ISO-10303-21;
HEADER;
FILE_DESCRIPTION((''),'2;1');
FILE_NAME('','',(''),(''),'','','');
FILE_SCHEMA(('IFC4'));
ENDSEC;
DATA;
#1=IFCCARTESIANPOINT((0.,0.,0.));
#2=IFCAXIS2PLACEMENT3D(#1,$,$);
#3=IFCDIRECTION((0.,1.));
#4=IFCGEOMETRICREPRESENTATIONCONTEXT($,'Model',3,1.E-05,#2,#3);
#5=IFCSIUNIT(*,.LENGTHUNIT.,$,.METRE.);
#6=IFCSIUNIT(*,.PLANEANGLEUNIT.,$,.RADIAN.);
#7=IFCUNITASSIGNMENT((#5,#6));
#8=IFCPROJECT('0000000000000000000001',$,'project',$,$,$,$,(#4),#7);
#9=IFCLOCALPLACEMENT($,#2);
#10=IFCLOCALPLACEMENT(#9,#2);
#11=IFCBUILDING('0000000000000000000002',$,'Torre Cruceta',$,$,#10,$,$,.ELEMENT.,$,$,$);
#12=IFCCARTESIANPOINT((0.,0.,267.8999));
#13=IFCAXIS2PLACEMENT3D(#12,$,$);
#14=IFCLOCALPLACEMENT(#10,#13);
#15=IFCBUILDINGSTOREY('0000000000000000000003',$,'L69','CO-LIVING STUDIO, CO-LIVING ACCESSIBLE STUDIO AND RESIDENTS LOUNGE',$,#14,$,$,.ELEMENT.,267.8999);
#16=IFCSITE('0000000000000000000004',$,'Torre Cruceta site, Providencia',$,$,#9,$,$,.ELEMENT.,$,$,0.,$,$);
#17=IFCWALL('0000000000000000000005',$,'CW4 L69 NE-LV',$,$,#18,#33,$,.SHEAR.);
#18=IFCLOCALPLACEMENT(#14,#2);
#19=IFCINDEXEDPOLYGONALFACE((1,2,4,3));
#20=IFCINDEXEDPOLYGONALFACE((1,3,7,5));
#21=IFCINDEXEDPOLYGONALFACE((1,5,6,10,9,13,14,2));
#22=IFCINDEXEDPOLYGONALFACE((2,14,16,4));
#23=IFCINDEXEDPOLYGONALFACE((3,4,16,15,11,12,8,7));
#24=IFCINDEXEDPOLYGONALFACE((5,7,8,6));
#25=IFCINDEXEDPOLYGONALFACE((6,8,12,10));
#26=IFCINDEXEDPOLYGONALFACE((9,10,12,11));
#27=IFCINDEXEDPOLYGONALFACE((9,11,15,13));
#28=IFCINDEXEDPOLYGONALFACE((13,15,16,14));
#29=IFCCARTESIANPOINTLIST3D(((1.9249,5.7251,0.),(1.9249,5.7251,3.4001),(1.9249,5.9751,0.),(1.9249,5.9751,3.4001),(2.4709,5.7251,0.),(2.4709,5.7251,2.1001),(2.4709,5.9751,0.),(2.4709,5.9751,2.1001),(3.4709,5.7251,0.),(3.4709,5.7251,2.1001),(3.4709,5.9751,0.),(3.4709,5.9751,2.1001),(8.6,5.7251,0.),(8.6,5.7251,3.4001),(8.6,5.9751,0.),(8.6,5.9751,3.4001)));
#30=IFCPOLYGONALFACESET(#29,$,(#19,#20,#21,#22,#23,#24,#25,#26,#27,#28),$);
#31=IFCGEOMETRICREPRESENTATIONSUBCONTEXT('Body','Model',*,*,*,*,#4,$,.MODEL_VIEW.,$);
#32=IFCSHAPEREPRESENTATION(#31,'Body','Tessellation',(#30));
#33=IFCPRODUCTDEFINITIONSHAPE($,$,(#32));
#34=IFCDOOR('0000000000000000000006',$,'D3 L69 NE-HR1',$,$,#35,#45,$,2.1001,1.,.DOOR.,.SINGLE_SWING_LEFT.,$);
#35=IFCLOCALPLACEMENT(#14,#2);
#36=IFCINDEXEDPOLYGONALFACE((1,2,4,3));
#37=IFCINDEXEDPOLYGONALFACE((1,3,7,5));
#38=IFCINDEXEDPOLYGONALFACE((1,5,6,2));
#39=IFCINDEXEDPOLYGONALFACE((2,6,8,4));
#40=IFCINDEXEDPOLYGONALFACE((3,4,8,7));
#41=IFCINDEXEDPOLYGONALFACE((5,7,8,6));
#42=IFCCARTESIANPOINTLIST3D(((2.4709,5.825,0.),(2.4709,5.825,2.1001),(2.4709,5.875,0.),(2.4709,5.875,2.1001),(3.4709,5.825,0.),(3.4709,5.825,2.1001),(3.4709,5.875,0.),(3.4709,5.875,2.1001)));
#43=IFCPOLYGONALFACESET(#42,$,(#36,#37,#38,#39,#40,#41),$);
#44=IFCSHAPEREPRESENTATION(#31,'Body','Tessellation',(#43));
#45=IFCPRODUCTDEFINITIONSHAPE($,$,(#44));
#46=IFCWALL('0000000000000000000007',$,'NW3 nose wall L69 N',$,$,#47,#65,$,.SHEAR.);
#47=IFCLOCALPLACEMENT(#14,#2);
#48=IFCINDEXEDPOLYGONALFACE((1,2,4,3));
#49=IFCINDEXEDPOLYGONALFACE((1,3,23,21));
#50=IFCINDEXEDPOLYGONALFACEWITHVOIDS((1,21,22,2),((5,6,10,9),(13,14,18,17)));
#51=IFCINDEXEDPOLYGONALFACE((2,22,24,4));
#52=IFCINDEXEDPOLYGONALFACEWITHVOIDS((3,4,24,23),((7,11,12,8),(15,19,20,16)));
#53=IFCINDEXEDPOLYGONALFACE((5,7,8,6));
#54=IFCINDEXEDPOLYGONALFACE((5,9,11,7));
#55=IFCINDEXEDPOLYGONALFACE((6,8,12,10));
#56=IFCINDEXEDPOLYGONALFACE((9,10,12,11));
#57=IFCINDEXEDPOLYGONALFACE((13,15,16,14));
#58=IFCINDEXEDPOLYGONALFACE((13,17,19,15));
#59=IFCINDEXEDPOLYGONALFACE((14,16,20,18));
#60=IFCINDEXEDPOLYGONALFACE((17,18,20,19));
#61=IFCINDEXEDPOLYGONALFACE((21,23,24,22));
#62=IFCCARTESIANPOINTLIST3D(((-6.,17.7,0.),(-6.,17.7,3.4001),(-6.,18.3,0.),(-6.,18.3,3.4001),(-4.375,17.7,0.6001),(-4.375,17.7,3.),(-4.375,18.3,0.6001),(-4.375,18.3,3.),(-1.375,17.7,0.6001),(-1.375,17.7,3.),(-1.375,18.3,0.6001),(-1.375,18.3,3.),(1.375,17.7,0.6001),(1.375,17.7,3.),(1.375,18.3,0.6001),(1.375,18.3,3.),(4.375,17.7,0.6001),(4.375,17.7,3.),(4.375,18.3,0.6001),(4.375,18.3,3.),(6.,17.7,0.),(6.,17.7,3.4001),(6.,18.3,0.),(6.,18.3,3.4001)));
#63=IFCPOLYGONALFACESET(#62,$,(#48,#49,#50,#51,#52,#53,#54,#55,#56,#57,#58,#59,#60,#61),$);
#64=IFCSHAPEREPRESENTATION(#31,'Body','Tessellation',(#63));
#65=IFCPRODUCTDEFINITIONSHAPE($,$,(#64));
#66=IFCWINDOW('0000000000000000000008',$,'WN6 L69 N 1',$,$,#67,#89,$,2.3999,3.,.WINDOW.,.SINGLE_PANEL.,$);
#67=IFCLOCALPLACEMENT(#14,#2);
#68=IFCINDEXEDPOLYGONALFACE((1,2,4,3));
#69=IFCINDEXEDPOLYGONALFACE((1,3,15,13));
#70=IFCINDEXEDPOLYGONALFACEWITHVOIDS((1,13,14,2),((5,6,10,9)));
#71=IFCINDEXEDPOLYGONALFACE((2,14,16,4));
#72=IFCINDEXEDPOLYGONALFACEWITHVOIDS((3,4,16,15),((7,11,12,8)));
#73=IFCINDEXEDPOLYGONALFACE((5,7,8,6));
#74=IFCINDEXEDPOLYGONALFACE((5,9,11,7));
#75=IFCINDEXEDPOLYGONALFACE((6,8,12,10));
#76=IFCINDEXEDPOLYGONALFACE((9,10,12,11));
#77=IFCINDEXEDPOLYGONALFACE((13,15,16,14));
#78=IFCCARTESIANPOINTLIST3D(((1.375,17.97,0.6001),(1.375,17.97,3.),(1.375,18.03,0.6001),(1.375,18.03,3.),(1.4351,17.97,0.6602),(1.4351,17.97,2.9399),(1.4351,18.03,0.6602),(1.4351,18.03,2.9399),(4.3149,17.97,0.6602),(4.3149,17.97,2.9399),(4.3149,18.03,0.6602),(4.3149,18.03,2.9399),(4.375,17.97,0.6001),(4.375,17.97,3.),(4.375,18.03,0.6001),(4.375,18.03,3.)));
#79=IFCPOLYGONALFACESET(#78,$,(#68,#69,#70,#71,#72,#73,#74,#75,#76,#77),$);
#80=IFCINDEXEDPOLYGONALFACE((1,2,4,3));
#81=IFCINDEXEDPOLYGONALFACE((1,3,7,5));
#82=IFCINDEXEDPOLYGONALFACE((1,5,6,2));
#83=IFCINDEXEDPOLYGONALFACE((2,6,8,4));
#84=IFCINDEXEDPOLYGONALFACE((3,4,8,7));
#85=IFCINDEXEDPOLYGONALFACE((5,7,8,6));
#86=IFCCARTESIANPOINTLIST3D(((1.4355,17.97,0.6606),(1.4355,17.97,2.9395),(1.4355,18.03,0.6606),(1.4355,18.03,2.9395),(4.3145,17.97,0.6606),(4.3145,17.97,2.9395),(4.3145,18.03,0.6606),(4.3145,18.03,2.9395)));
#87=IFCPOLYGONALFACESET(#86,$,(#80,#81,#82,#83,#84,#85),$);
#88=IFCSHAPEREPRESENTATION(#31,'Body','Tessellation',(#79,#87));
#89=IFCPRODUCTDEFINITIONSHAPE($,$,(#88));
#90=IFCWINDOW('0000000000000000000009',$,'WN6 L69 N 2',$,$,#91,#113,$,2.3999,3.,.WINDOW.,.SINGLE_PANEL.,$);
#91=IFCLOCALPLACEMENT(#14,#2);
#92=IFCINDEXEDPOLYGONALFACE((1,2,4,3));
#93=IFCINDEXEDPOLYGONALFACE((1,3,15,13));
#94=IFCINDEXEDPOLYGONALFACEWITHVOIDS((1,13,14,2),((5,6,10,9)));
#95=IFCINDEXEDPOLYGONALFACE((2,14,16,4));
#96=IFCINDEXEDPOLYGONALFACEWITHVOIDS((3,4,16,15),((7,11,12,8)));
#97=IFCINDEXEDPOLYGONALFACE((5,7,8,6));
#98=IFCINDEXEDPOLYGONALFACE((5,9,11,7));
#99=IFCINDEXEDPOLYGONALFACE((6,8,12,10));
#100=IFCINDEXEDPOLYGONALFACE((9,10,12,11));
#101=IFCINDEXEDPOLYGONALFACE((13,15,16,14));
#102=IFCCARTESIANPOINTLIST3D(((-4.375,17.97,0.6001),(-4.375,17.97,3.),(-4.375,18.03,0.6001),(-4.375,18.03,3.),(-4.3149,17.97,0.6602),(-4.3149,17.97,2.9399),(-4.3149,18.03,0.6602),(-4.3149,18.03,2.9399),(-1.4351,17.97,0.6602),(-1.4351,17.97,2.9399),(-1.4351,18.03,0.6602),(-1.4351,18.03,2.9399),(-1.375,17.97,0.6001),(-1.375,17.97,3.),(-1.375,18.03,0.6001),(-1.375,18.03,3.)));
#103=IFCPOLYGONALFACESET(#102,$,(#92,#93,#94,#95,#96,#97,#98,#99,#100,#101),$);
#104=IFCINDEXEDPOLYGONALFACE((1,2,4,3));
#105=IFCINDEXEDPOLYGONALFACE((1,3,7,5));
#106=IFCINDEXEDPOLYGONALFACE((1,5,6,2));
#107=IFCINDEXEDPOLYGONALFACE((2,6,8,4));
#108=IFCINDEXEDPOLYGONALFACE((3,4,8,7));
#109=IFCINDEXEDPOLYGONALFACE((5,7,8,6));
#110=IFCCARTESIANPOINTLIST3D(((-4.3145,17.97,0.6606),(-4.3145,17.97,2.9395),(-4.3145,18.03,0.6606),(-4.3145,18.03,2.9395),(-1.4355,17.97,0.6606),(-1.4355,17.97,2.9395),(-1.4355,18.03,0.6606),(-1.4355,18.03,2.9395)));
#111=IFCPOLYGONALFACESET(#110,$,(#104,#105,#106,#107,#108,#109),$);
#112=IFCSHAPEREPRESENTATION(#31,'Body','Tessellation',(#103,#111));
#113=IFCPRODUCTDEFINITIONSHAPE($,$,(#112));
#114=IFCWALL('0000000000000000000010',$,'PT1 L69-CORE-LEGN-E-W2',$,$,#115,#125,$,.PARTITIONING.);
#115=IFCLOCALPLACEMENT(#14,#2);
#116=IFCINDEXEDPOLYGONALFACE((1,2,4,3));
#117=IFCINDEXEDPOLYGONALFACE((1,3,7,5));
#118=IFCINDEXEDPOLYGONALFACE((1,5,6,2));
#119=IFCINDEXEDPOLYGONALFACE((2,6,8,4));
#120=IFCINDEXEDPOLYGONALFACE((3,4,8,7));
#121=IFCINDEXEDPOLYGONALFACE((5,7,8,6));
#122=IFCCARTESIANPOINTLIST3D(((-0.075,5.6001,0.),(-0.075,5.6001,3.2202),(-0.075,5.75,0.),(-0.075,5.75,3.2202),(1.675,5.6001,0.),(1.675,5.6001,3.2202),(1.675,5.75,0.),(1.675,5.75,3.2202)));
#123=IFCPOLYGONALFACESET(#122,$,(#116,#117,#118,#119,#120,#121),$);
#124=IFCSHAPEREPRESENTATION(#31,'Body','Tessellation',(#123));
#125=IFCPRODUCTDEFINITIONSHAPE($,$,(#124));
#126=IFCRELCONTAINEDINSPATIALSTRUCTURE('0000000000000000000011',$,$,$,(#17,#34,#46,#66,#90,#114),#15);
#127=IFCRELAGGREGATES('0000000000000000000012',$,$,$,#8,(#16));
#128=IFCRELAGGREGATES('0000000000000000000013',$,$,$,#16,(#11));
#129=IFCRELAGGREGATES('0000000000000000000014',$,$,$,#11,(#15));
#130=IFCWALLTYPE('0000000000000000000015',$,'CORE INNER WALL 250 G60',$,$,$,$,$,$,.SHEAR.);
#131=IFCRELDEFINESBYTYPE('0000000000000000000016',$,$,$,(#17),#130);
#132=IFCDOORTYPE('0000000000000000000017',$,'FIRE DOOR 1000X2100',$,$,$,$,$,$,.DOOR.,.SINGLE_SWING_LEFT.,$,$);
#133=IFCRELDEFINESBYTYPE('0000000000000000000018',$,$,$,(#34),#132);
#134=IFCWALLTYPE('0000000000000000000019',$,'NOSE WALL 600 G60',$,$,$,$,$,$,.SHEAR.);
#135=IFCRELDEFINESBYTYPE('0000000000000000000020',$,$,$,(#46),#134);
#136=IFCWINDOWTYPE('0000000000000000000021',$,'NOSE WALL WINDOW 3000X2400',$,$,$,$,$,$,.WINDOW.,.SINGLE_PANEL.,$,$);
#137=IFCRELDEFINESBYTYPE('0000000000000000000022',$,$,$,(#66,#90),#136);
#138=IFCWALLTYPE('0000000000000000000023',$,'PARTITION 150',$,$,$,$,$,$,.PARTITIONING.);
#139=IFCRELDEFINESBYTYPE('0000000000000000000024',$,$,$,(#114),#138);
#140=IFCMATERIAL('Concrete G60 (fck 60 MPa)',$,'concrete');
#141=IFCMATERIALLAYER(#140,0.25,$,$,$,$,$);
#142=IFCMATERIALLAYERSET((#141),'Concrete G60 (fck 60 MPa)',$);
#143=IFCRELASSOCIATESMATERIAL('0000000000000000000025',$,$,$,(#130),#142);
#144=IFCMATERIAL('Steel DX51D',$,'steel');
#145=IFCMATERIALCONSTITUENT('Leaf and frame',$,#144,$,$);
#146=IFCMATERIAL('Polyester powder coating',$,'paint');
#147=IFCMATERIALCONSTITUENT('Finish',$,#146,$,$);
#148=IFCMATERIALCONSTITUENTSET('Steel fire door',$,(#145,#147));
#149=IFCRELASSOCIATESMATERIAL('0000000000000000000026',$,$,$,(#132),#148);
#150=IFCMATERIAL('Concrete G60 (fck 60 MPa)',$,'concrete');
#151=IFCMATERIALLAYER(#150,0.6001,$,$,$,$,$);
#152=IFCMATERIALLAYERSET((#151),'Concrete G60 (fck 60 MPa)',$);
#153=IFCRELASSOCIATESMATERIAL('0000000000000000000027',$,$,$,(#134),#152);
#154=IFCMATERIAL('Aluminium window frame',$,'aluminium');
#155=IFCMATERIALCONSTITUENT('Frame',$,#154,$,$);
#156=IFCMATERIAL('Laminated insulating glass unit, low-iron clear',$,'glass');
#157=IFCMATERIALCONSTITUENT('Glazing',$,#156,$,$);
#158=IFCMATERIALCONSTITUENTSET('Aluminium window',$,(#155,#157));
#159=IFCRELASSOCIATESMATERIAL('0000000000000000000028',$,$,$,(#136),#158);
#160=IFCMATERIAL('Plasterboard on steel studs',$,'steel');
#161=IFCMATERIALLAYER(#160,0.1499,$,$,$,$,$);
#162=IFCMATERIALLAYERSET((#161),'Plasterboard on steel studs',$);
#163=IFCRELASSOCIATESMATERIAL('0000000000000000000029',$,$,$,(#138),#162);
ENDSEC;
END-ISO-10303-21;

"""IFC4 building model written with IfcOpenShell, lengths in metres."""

from ifc_helpers import new_model, si_unit, direction, frame, frame_2d, origin, place, context, subcontext, project, spatial, rectangle, hollow_rectangle, extrude, material, layer, layer_set, constituent, constituent_set, type_object, element, fill, save


model = new_model("IFC4")

# Units and contexts
model_context = context("Model", 3, precision=1e-05, world=origin(), true_north=direction((0.0, 1.0)))
body_context = subcontext(model_context, "Body", "Model", "MODEL_VIEW")
ifc_project = project(units=[si_unit("LENGTHUNIT", "METRE"), si_unit("PLANEANGLEUNIT", "RADIAN")], contexts=[model_context])

# Site, building, storey
site_placement = place(None, origin())
site = spatial("IfcSite", under=ifc_project, at=site_placement, Name="Torre Cruceta site, Providencia", CompositionType="ELEMENT", RefElevation=0.0)
building_placement = place(site_placement, origin())
building = spatial("IfcBuilding", under=site, at=building_placement, Name="Torre Cruceta", CompositionType="ELEMENT")
storey_placement = place(building_placement, frame((0.0, 0.0, 267.8999)))
storey = spatial("IfcBuildingStorey", under=building, at=storey_placement, Name="L69", Description="CO-LIVING STUDIO, CO-LIVING ACCESSIBLE STUDIO AND RESIDENTS LOUNGE", CompositionType="ELEMENT", Elevation=267.8999)

# Shared definitions
ifc_material_1 = material(Name="Concrete G60 (fck 60 MPa)", Category="concrete")
ifc_layer_1 = layer(ifc_material_1, 0.25)
ifc_layer_set_1 = layer_set([ifc_layer_1], Name="Concrete G60 (fck 60 MPa)")
wall_type_1 = type_object("IfcWallType", Name="CORE INNER WALL 250 G60", PredefinedType="SHEAR", material=ifc_layer_set_1)

# Wall, opening, door
wall_1_placement = place(storey_placement, frame((1.925, 5.8501, 0.0), z_axis=(0.0, 0.0, 1.0), x_axis=(1.0, 0.0, 0.0)))
wall_1 = element("IfcWall", 1, at=wall_1_placement, inside=storey, type_object=wall_type_1, Name="CW4 L69 NE-LV", PredefinedType="SHEAR", context=body_context, shape_type="SweptSolid", body=[
    extrude(rectangle(XDim=6.675, YDim=0.25, at=frame_2d((3.3374, 0.0))), origin(), (0.0, 0.0, 1.0), 3.4001),
])
opening_1_placement = place(wall_1_placement, frame((0.5459, 0.0, 0.0)))
opening_1 = element("IfcOpeningElement", 2, at=opening_1_placement, cuts=wall_1, PredefinedType="OPENING", context=body_context, shape_type="SweptSolid", body=[
    extrude(rectangle(XDim=1.0, YDim=2.1001, at=frame_2d((0.5, 1.05))), frame((0.0, 0.135, 0.0), z_axis=(0.0, -1.0, 0.0), x_axis=(1.0, 0.0, 0.0)), (0.0, 0.0, 1.0), 0.27),
])
ifc_material_2 = material(Name="Steel DX51D", Category="steel")
ifc_constituent_1 = constituent(ifc_material_2, Name="Leaf and frame")
ifc_material_3 = material(Name="Polyester powder coating", Category="paint")
ifc_constituent_2 = constituent(ifc_material_3, Name="Finish")
ifc_constituent_set_1 = constituent_set(constituents=[ifc_constituent_1, ifc_constituent_2], Name="Steel fire door")
door_type_1 = type_object("IfcDoorType", Name="FIRE DOOR 1000X2100", OperationType="SINGLE_SWING_LEFT", PredefinedType="DOOR", material=ifc_constituent_set_1)
door_1_placement = place(opening_1_placement, origin())
door_1 = element("IfcDoor", 3, at=door_1_placement, inside=storey, type_object=door_type_1, Name="D3 L69 NE-HR1", OperationType="SINGLE_SWING_LEFT", OverallHeight=2.1001, OverallWidth=1.0, PredefinedType="DOOR", context=body_context, shape_type="SweptSolid", body=[
    extrude(rectangle(XDim=1.0, YDim=2.1001, at=frame_2d((0.5, 1.05))), frame((0.0, 0.0249, 0.0), z_axis=(0.0, -1.0, 0.0), x_axis=(1.0, 0.0, 0.0)), (0.0, 0.0, 1.0), 0.05),
])
fill(opening_1, door_1)

# Wall, openings, windows
ifc_material_4 = material(Name="Concrete G60 (fck 60 MPa)", Category="concrete")
ifc_layer_2 = layer(ifc_material_4, 0.6001)
ifc_layer_set_2 = layer_set([ifc_layer_2], Name="Concrete G60 (fck 60 MPa)")
wall_type_2 = type_object("IfcWallType", Name="NOSE WALL 600 G60", PredefinedType="SHEAR", material=ifc_layer_set_2)
wall_2_placement = place(storey_placement, frame((6.0, 18.0, 0.0), z_axis=(0.0, 0.0, 1.0), x_axis=(-1.0, 0.0, 0.0)))
wall_2 = element("IfcWall", 4, at=wall_2_placement, inside=storey, type_object=wall_type_2, Name="NW3 nose wall L69 N", PredefinedType="SHEAR", context=body_context, shape_type="SweptSolid", body=[
    extrude(rectangle(XDim=12.0, YDim=0.6001, at=frame_2d((6.0, 0.0))), origin(), (0.0, 0.0, 1.0), 3.4001),
])
opening_2_placement = place(wall_2_placement, frame((1.625, 0.0, 0.6001)))
opening_2 = element("IfcOpeningElement", 5, at=opening_2_placement, cuts=wall_2, PredefinedType="OPENING", context=body_context, shape_type="SweptSolid", body=[
    extrude(rectangle(XDim=3.0, YDim=2.3999, at=frame_2d((1.5, 1.2))), frame((0.0, 0.3101, 0.0), z_axis=(0.0, -1.0, 0.0), x_axis=(1.0, 0.0, 0.0)), (0.0, 0.0, 1.0), 0.6201),
])
opening_3_placement = place(wall_2_placement, frame((7.375, 0.0, 0.6001)))
opening_3 = element("IfcOpeningElement", 6, at=opening_3_placement, cuts=wall_2, PredefinedType="OPENING", context=body_context, shape_type="SweptSolid", body=[
    extrude(rectangle(XDim=3.0, YDim=2.3999, at=frame_2d((1.5, 1.2))), frame((0.0, 0.3101, 0.0), z_axis=(0.0, -1.0, 0.0), x_axis=(1.0, 0.0, 0.0)), (0.0, 0.0, 1.0), 0.6201),
])
ifc_material_5 = material(Name="Aluminium window frame", Category="aluminium")
ifc_constituent_3 = constituent(ifc_material_5, Name="Frame")
ifc_material_6 = material(Name="Laminated insulating glass unit, low-iron clear", Category="glass")
ifc_constituent_4 = constituent(ifc_material_6, Name="Glazing")
ifc_constituent_set_2 = constituent_set(constituents=[ifc_constituent_3, ifc_constituent_4], Name="Aluminium window")
window_type = type_object("IfcWindowType", Name="NOSE WALL WINDOW 3000X2400", PartitioningType="SINGLE_PANEL", PredefinedType="WINDOW", material=ifc_constituent_set_2)
window_1_placement = place(opening_2_placement, origin())
window_1 = element("IfcWindow", 7, at=window_1_placement, inside=storey, type_object=window_type, Name="WN6 L69 N 1", OverallHeight=2.3999, OverallWidth=3.0, PartitioningType="SINGLE_PANEL", PredefinedType="WINDOW", context=body_context, shape_type="SweptSolid", body=[
    extrude(hollow_rectangle(XDim=3.0, YDim=2.3999, WallThickness=0.0601, at=frame_2d((1.5, 1.2))), frame((0.0, 0.03, 0.0), z_axis=(0.0, -1.0, 0.0), x_axis=(1.0, 0.0, 0.0)), (0.0, 0.0, 1.0), 0.0601),
    extrude(rectangle(XDim=2.8789, YDim=2.2788, at=frame_2d((1.5, 1.2))), frame((0.0, 0.03, 0.0), z_axis=(0.0, -1.0, 0.0), x_axis=(1.0, 0.0, 0.0)), (0.0, 0.0, 1.0), 0.0601),
])
fill(opening_2, window_1)
window_2_placement = place(opening_3_placement, origin())
window_2 = element("IfcWindow", 8, at=window_2_placement, inside=storey, type_object=window_type, Name="WN6 L69 N 2", OverallHeight=2.3999, OverallWidth=3.0, PartitioningType="SINGLE_PANEL", PredefinedType="WINDOW", context=body_context, shape_type="SweptSolid", body=[
    extrude(hollow_rectangle(XDim=3.0, YDim=2.3999, WallThickness=0.0601, at=frame_2d((1.5, 1.2))), frame((0.0, 0.03, 0.0), z_axis=(0.0, -1.0, 0.0), x_axis=(1.0, 0.0, 0.0)), (0.0, 0.0, 1.0), 0.0601),
    extrude(rectangle(XDim=2.8789, YDim=2.2788, at=frame_2d((1.5, 1.2))), frame((0.0, 0.03, 0.0), z_axis=(0.0, -1.0, 0.0), x_axis=(1.0, 0.0, 0.0)), (0.0, 0.0, 1.0), 0.0601),
])
fill(opening_3, window_2)

# Wall
ifc_material_7 = material(Name="Plasterboard on steel studs", Category="steel")
ifc_layer_3 = layer(ifc_material_7, 0.1499)
ifc_layer_set_3 = layer_set([ifc_layer_3], Name="Plasterboard on steel studs")
wall_type_3 = type_object("IfcWallType", Name="PARTITION 150", PredefinedType="PARTITIONING", material=ifc_layer_set_3)
wall_3_placement = place(storey_placement, frame((1.675, 5.675, 0.0), z_axis=(0.0, 0.0, 1.0), x_axis=(-1.0, 0.0, 0.0)))
element("IfcWall", 9, at=wall_3_placement, inside=storey, type_object=wall_type_3, Name="PT1 L69-CORE-LEGN-E-W2", PredefinedType="PARTITIONING", context=body_context, shape_type="SweptSolid", body=[
    extrude(rectangle(XDim=1.75, YDim=0.1499, at=frame_2d((0.875, 0.0))), origin(), (0.0, 0.0, 1.0), 3.2202),
])

save(model, "model.ifc")
